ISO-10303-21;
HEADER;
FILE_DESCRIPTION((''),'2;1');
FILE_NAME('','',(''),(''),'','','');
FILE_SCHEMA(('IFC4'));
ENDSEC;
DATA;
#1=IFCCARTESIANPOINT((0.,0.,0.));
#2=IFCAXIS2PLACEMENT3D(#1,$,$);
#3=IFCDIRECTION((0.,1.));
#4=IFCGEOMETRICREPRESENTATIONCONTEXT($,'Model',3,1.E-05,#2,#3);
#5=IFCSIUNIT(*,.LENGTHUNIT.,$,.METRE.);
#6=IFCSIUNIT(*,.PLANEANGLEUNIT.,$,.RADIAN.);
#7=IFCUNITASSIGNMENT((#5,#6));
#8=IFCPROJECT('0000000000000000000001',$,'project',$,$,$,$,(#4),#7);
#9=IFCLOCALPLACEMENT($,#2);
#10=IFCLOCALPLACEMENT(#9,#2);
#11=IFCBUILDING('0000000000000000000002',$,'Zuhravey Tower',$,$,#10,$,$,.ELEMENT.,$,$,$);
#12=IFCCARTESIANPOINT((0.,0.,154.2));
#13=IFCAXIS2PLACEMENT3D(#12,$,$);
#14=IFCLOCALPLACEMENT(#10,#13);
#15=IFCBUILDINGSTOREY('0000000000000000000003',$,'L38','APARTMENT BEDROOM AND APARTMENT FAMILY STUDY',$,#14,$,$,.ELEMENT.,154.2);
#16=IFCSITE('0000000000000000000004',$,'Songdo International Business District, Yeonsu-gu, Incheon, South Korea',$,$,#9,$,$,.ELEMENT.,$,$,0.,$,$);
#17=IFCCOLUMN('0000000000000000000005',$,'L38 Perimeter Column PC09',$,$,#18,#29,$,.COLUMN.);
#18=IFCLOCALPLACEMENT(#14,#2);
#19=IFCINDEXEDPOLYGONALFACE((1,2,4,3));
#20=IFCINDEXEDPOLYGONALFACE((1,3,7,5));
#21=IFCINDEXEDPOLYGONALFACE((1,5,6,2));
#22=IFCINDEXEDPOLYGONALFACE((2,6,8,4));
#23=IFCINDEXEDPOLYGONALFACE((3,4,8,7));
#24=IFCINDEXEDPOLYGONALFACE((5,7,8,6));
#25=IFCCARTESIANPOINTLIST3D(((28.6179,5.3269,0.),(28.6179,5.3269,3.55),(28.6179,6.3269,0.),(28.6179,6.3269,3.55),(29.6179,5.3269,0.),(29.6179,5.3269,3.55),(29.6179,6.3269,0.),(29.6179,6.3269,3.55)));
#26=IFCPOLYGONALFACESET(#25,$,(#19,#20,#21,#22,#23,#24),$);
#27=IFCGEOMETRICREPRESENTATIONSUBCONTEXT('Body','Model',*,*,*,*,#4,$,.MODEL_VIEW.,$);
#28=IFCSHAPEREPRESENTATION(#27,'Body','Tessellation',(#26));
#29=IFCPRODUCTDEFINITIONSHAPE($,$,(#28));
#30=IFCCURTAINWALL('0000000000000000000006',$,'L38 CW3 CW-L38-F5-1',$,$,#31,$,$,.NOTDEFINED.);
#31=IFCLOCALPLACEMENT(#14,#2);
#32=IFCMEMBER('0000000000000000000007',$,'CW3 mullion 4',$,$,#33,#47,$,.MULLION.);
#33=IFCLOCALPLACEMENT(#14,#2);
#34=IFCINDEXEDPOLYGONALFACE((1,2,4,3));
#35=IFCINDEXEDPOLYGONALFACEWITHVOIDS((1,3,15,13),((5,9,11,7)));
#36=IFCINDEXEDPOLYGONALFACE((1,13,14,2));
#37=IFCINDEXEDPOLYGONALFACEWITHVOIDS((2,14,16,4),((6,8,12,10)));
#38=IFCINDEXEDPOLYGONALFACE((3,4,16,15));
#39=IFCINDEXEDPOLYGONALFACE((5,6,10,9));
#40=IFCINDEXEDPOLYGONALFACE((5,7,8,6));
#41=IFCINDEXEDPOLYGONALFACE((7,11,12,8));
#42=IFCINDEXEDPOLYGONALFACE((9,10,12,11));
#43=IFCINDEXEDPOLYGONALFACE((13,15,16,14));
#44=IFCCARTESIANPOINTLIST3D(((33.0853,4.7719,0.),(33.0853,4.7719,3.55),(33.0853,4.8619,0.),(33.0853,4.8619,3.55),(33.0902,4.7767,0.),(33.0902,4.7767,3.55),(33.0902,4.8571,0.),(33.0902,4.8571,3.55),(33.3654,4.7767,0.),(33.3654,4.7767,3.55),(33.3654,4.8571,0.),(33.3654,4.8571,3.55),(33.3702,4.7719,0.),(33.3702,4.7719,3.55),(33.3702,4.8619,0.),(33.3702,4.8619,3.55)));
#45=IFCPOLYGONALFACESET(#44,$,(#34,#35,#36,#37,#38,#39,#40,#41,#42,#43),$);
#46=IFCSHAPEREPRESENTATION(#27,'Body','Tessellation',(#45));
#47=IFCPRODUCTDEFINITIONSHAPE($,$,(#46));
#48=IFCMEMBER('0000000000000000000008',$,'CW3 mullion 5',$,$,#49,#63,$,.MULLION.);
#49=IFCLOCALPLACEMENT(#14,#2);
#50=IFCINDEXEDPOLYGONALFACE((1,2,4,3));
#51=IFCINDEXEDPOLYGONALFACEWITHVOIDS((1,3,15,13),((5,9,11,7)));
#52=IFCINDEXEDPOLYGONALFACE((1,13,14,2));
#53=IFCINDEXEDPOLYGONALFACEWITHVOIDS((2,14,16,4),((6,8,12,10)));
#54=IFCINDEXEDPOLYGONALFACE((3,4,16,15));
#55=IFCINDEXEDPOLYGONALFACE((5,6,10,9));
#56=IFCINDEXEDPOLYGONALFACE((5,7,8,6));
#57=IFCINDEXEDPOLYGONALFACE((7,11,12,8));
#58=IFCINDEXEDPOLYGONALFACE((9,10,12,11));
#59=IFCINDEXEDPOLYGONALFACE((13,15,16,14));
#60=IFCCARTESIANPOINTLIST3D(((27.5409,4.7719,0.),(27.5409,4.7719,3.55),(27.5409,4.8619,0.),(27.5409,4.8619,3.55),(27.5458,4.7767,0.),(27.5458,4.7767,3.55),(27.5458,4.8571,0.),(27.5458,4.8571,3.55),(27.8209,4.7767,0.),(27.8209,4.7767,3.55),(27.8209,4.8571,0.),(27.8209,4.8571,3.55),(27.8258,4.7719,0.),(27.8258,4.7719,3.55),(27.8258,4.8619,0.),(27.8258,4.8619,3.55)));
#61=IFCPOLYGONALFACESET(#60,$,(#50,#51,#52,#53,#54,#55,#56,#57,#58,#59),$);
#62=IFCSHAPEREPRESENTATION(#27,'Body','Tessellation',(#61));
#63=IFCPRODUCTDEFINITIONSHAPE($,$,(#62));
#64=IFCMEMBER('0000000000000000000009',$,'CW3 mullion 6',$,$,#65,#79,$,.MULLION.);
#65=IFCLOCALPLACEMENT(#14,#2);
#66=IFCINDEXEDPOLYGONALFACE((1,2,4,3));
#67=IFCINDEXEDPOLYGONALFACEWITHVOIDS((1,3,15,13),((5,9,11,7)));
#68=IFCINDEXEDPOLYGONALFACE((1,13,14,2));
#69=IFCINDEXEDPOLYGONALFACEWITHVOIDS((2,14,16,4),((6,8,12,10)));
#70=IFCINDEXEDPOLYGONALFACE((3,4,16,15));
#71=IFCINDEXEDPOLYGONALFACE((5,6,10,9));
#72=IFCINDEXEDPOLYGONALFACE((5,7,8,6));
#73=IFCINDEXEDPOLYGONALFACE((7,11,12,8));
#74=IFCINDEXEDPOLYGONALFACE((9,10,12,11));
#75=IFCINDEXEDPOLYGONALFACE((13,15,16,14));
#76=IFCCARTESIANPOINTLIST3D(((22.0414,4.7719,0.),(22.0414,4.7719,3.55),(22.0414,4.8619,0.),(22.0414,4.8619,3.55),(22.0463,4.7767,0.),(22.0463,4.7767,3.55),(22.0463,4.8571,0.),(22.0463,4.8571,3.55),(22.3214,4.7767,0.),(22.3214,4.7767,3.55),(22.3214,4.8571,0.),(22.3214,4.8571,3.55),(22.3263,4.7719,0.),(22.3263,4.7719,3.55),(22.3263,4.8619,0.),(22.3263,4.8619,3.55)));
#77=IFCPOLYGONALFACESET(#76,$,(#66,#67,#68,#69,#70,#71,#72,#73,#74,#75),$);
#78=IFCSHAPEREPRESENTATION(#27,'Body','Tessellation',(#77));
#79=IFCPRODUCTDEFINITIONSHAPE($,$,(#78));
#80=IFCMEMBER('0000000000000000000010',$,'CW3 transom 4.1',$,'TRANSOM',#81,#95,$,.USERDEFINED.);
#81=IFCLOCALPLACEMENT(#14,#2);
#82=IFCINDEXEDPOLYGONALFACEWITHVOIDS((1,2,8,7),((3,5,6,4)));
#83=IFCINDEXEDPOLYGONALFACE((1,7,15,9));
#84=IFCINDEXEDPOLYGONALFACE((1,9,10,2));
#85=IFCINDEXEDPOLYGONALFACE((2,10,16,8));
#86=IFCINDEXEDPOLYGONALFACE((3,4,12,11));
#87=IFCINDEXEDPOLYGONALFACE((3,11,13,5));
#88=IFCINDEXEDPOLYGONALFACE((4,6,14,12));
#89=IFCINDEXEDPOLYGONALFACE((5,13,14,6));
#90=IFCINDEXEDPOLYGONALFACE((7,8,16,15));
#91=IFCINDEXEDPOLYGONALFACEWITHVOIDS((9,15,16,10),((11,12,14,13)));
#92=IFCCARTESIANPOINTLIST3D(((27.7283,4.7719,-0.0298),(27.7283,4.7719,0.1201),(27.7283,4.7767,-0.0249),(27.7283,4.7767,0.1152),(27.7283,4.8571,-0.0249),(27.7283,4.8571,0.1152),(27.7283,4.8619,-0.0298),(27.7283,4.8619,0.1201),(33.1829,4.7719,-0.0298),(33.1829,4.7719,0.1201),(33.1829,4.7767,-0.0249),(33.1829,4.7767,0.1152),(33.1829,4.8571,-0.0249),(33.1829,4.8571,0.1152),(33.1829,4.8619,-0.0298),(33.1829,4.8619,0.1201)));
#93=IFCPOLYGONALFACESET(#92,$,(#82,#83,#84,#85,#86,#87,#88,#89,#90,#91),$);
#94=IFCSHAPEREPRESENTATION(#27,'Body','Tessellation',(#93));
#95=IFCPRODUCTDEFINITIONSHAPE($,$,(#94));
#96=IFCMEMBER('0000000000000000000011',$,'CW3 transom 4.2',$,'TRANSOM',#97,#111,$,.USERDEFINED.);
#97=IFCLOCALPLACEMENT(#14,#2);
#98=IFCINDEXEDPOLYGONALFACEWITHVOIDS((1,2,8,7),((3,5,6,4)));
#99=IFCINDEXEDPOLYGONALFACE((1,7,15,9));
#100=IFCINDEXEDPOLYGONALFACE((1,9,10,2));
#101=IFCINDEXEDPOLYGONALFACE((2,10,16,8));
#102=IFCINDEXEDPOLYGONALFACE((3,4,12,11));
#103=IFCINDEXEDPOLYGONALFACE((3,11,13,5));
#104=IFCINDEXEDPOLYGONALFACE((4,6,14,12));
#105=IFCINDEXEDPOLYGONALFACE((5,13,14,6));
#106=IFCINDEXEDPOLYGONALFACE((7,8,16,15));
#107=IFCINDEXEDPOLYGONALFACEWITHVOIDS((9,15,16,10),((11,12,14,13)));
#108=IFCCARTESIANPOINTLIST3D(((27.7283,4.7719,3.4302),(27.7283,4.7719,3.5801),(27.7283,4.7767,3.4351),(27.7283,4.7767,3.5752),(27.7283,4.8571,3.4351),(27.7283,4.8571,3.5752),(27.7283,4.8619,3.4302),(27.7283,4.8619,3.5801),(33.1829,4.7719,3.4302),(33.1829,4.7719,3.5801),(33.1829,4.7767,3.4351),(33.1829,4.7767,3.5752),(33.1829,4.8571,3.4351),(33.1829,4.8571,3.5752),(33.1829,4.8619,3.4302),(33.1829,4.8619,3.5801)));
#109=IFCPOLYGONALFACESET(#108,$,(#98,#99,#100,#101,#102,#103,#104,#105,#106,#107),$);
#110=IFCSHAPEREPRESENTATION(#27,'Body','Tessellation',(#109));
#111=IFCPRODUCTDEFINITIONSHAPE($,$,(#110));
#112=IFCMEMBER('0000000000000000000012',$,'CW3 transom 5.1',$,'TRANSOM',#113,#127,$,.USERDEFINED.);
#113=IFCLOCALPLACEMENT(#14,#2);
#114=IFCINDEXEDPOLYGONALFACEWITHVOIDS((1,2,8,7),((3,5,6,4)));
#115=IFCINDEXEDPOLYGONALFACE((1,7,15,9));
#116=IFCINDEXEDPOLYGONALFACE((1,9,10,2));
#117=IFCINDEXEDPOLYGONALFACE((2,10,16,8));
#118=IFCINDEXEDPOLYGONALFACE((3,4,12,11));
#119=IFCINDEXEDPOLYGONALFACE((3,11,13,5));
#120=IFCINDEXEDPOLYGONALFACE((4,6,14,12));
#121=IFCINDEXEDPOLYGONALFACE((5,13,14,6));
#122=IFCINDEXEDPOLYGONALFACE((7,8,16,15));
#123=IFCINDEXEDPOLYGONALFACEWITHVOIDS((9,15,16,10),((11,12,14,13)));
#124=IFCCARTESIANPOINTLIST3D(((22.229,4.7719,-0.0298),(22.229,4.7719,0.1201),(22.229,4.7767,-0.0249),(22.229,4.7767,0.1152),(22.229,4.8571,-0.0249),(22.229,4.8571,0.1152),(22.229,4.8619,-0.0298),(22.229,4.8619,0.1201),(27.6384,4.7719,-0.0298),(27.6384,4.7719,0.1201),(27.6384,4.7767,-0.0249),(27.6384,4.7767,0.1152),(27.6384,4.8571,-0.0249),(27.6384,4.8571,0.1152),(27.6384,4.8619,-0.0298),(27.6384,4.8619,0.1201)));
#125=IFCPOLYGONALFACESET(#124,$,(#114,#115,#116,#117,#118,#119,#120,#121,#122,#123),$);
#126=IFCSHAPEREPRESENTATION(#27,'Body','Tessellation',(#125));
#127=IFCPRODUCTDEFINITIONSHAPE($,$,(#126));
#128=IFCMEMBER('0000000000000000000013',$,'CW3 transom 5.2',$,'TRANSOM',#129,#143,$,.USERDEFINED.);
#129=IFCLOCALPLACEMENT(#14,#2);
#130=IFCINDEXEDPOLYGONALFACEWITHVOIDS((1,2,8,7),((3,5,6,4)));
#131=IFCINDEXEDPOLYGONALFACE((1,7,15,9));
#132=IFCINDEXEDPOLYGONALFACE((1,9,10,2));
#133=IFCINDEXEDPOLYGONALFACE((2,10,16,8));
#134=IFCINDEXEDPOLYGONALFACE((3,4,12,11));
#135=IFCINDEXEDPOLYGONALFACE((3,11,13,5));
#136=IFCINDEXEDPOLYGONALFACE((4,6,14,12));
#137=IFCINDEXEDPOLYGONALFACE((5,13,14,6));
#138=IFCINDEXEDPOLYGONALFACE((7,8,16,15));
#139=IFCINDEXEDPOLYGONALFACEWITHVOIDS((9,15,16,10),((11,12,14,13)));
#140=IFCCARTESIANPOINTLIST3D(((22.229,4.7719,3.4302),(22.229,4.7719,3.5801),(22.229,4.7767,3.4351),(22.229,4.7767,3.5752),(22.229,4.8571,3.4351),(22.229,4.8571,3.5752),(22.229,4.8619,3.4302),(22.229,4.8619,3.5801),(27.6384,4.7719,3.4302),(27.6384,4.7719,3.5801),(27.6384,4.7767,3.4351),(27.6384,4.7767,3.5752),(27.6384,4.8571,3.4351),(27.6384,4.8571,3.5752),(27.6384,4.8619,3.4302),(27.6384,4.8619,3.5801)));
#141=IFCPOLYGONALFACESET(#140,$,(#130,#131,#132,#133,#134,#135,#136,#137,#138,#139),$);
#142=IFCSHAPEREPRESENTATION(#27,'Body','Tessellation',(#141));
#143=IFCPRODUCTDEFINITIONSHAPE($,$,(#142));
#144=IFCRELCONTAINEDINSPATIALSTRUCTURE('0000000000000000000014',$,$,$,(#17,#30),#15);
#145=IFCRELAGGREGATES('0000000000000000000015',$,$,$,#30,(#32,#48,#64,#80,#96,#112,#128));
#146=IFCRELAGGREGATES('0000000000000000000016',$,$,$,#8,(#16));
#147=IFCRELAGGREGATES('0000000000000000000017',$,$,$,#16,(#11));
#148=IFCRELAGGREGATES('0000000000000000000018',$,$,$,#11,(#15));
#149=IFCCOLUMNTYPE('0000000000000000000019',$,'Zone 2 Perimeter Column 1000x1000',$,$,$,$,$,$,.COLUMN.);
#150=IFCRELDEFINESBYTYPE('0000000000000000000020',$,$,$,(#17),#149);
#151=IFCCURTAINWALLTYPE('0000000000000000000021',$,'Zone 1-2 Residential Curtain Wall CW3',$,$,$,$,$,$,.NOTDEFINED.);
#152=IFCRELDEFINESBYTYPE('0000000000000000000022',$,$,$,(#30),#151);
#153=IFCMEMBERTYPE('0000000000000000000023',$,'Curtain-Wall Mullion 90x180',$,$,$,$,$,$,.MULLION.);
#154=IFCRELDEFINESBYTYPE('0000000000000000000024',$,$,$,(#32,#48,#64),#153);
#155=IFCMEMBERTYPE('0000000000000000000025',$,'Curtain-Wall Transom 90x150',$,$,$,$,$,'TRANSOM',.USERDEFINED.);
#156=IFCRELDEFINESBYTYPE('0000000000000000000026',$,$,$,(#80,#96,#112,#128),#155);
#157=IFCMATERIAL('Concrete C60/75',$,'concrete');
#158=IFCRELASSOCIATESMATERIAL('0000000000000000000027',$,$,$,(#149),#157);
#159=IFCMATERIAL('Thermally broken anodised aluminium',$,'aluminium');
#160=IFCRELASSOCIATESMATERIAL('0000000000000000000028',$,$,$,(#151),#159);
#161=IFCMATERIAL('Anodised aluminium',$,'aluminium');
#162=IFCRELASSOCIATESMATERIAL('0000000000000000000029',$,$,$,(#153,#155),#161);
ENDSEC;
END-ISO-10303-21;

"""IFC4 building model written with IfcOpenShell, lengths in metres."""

from ifc_helpers import new_model, si_unit, direction, frame, origin, origin_2d, place, context, subcontext, project, spatial, rectangle, hollow_rectangle, extrude, material, material_profile, profile_set, type_object, element, aggregate, save


model = new_model("IFC4")

# Units and contexts
model_context = context("Model", 3, precision=1e-05, world=origin(), true_north=direction((0.0, 1.0)))
body_context = subcontext(model_context, "Body", "Model", "MODEL_VIEW")
ifc_project = project(units=[si_unit("LENGTHUNIT", "METRE"), si_unit("PLANEANGLEUNIT", "RADIAN")], contexts=[model_context])

# Site, building, storey
site_placement = place(None, origin())
site = spatial("IfcSite", under=ifc_project, at=site_placement, Name="Songdo International Business District, Yeonsu-gu, Incheon, South Korea", CompositionType="ELEMENT", RefElevation=0.0)
building_placement = place(site_placement, origin())
building = spatial("IfcBuilding", under=site, at=building_placement, Name="Zuhravey Tower", CompositionType="ELEMENT")
storey_placement = place(building_placement, frame((0.0, 0.0, 154.2)))
storey = spatial("IfcBuildingStorey", under=building, at=storey_placement, Name="L38", Description="APARTMENT BEDROOM AND APARTMENT FAMILY STUDY", CompositionType="ELEMENT", Elevation=154.2)

# Column
ifc_material_1 = material(Name="Concrete C60/75", Category="concrete")
ifc_material_profile_1 = material_profile(ifc_material_1, rectangle(XDim=1.0, YDim=1.0, at=origin_2d()), Name="RC-1000x1000")
ifc_profile_set_1 = profile_set([ifc_material_profile_1], Name="Concrete C60/75")
column_type = type_object("IfcColumnType", Name="Zone 2 Perimeter Column 1000x1000", PredefinedType="COLUMN", material=ifc_profile_set_1)
column_placement = place(storey_placement, frame((29.1179, 5.8269, 0.0), z_axis=(0.0, 0.0, 1.0), x_axis=(1.0, 0.0, 0.0)))
element("IfcColumn", 1, at=column_placement, inside=storey, type_object=column_type, Name="L38 Perimeter Column PC09", PredefinedType="COLUMN", context=body_context, shape_type="SweptSolid", body=[
    extrude(rectangle(XDim=1.0, YDim=1.0, at=origin_2d()), origin(), (0.0, 0.0, 1.0), 3.55),
])

# Curtain wall, members
ifc_material_2 = material(Name="Thermally broken anodised aluminium", Category="aluminium")
curtain_wall_type = type_object("IfcCurtainWallType", Name="Zone 1-2 Residential Curtain Wall CW3", PredefinedType="NOTDEFINED", material=ifc_material_2)
curtain_wall_placement = place(storey_placement, origin())
curtain_wall = element("IfcCurtainWall", 2, at=curtain_wall_placement, inside=storey, type_object=curtain_wall_type, Name="L38 CW3 CW-L38-F5-1", PredefinedType="NOTDEFINED")
ifc_material_3 = material(Name="Anodised aluminium", Category="aluminium")
ifc_material_profile_2 = material_profile(ifc_material_3, hollow_rectangle(XDim=0.0901, YDim=0.2849, WallThickness=0.0049, at=origin_2d()), Name="ALU-RHS-90x285x5")
ifc_profile_set_2 = profile_set([ifc_material_profile_2], Name="Anodised aluminium")
member_type_1 = type_object("IfcMemberType", Name="Curtain-Wall Mullion 90x180", PredefinedType="MULLION", material=ifc_profile_set_2)
member_1_placement = place(storey_placement, frame((33.2278, 4.8169, 0.0), z_axis=(0.0, 0.0, 1.0), x_axis=(0.0, -1.0, 0.0)))
member_1 = element("IfcMember", 3, at=member_1_placement, type_object=member_type_1, Name="CW3 mullion 4", PredefinedType="MULLION", context=body_context, shape_type="SweptSolid", body=[
    extrude(hollow_rectangle(XDim=0.0901, YDim=0.2849, WallThickness=0.0049, at=origin_2d()), origin(), (0.0, 0.0, 1.0), 3.55),
])
member_2_placement = place(storey_placement, frame((27.6833, 4.8169, 0.0), z_axis=(0.0, 0.0, 1.0), x_axis=(0.0, -1.0, 0.0)))
member_2 = element("IfcMember", 4, at=member_2_placement, type_object=member_type_1, Name="CW3 mullion 5", PredefinedType="MULLION", context=body_context, shape_type="SweptSolid", body=[
    extrude(hollow_rectangle(XDim=0.0901, YDim=0.2849, WallThickness=0.0049, at=origin_2d()), origin(), (0.0, 0.0, 1.0), 3.55),
])
member_3_placement = place(storey_placement, frame((22.1838, 4.8169, 0.0), z_axis=(0.0, 0.0, 1.0), x_axis=(0.0, -1.0, 0.0)))
member_3 = element("IfcMember", 5, at=member_3_placement, type_object=member_type_1, Name="CW3 mullion 6", PredefinedType="MULLION", context=body_context, shape_type="SweptSolid", body=[
    extrude(hollow_rectangle(XDim=0.0901, YDim=0.2849, WallThickness=0.0049, at=origin_2d()), origin(), (0.0, 0.0, 1.0), 3.55),
])
ifc_material_profile_3 = material_profile(ifc_material_3, hollow_rectangle(XDim=0.0901, YDim=0.1499, WallThickness=0.0049, at=origin_2d()), Name="ALU-RHS-90x150x5")
ifc_profile_set_3 = profile_set([ifc_material_profile_3], Name="Anodised aluminium")
member_type_2 = type_object("IfcMemberType", Name="Curtain-Wall Transom 90x150", ElementType="TRANSOM", PredefinedType="USERDEFINED", material=ifc_profile_set_3)
member_4_placement = place(storey_placement, frame((33.1829, 4.8169, 0.0452), z_axis=(-1.0, 0.0, 0.0), x_axis=(0.0, -1.0, 0.0)))
member_4 = element("IfcMember", 6, at=member_4_placement, type_object=member_type_2, Name="CW3 transom 4.1", ObjectType="TRANSOM", PredefinedType="USERDEFINED", context=body_context, shape_type="SweptSolid", body=[
    extrude(hollow_rectangle(XDim=0.0901, YDim=0.1499, WallThickness=0.0049, at=origin_2d()), origin(), (0.0, 0.0, 1.0), 5.4546),
])
member_5_placement = place(storey_placement, frame((33.1829, 4.8169, 3.5051), z_axis=(-1.0, 0.0, 0.0), x_axis=(0.0, -1.0, 0.0)))
member_5 = element("IfcMember", 7, at=member_5_placement, type_object=member_type_2, Name="CW3 transom 4.2", ObjectType="TRANSOM", PredefinedType="USERDEFINED", context=body_context, shape_type="SweptSolid", body=[
    extrude(hollow_rectangle(XDim=0.0901, YDim=0.1499, WallThickness=0.0049, at=origin_2d()), origin(), (0.0, 0.0, 1.0), 5.4546),
])
member_6_placement = place(storey_placement, frame((27.6384, 4.8169, 0.0452), z_axis=(-1.0, 0.0, 0.0), x_axis=(0.0, -1.0, 0.0)))
member_6 = element("IfcMember", 8, at=member_6_placement, type_object=member_type_2, Name="CW3 transom 5.1", ObjectType="TRANSOM", PredefinedType="USERDEFINED", context=body_context, shape_type="SweptSolid", body=[
    extrude(hollow_rectangle(XDim=0.0901, YDim=0.1499, WallThickness=0.0049, at=origin_2d()), origin(), (0.0, 0.0, 1.0), 5.4094),
])
member_7_placement = place(storey_placement, frame((27.6384, 4.8169, 3.5051), z_axis=(-1.0, 0.0, 0.0), x_axis=(0.0, -1.0, 0.0)))
member_7 = element("IfcMember", 9, at=member_7_placement, type_object=member_type_2, Name="CW3 transom 5.2", ObjectType="TRANSOM", PredefinedType="USERDEFINED", context=body_context, shape_type="SweptSolid", body=[
    extrude(hollow_rectangle(XDim=0.0901, YDim=0.1499, WallThickness=0.0049, at=origin_2d()), origin(), (0.0, 0.0, 1.0), 5.4094),
])

aggregate(curtain_wall, [member_1, member_2, member_3, member_4, member_5, member_6, member_7])

save(model, "model.ifc")
